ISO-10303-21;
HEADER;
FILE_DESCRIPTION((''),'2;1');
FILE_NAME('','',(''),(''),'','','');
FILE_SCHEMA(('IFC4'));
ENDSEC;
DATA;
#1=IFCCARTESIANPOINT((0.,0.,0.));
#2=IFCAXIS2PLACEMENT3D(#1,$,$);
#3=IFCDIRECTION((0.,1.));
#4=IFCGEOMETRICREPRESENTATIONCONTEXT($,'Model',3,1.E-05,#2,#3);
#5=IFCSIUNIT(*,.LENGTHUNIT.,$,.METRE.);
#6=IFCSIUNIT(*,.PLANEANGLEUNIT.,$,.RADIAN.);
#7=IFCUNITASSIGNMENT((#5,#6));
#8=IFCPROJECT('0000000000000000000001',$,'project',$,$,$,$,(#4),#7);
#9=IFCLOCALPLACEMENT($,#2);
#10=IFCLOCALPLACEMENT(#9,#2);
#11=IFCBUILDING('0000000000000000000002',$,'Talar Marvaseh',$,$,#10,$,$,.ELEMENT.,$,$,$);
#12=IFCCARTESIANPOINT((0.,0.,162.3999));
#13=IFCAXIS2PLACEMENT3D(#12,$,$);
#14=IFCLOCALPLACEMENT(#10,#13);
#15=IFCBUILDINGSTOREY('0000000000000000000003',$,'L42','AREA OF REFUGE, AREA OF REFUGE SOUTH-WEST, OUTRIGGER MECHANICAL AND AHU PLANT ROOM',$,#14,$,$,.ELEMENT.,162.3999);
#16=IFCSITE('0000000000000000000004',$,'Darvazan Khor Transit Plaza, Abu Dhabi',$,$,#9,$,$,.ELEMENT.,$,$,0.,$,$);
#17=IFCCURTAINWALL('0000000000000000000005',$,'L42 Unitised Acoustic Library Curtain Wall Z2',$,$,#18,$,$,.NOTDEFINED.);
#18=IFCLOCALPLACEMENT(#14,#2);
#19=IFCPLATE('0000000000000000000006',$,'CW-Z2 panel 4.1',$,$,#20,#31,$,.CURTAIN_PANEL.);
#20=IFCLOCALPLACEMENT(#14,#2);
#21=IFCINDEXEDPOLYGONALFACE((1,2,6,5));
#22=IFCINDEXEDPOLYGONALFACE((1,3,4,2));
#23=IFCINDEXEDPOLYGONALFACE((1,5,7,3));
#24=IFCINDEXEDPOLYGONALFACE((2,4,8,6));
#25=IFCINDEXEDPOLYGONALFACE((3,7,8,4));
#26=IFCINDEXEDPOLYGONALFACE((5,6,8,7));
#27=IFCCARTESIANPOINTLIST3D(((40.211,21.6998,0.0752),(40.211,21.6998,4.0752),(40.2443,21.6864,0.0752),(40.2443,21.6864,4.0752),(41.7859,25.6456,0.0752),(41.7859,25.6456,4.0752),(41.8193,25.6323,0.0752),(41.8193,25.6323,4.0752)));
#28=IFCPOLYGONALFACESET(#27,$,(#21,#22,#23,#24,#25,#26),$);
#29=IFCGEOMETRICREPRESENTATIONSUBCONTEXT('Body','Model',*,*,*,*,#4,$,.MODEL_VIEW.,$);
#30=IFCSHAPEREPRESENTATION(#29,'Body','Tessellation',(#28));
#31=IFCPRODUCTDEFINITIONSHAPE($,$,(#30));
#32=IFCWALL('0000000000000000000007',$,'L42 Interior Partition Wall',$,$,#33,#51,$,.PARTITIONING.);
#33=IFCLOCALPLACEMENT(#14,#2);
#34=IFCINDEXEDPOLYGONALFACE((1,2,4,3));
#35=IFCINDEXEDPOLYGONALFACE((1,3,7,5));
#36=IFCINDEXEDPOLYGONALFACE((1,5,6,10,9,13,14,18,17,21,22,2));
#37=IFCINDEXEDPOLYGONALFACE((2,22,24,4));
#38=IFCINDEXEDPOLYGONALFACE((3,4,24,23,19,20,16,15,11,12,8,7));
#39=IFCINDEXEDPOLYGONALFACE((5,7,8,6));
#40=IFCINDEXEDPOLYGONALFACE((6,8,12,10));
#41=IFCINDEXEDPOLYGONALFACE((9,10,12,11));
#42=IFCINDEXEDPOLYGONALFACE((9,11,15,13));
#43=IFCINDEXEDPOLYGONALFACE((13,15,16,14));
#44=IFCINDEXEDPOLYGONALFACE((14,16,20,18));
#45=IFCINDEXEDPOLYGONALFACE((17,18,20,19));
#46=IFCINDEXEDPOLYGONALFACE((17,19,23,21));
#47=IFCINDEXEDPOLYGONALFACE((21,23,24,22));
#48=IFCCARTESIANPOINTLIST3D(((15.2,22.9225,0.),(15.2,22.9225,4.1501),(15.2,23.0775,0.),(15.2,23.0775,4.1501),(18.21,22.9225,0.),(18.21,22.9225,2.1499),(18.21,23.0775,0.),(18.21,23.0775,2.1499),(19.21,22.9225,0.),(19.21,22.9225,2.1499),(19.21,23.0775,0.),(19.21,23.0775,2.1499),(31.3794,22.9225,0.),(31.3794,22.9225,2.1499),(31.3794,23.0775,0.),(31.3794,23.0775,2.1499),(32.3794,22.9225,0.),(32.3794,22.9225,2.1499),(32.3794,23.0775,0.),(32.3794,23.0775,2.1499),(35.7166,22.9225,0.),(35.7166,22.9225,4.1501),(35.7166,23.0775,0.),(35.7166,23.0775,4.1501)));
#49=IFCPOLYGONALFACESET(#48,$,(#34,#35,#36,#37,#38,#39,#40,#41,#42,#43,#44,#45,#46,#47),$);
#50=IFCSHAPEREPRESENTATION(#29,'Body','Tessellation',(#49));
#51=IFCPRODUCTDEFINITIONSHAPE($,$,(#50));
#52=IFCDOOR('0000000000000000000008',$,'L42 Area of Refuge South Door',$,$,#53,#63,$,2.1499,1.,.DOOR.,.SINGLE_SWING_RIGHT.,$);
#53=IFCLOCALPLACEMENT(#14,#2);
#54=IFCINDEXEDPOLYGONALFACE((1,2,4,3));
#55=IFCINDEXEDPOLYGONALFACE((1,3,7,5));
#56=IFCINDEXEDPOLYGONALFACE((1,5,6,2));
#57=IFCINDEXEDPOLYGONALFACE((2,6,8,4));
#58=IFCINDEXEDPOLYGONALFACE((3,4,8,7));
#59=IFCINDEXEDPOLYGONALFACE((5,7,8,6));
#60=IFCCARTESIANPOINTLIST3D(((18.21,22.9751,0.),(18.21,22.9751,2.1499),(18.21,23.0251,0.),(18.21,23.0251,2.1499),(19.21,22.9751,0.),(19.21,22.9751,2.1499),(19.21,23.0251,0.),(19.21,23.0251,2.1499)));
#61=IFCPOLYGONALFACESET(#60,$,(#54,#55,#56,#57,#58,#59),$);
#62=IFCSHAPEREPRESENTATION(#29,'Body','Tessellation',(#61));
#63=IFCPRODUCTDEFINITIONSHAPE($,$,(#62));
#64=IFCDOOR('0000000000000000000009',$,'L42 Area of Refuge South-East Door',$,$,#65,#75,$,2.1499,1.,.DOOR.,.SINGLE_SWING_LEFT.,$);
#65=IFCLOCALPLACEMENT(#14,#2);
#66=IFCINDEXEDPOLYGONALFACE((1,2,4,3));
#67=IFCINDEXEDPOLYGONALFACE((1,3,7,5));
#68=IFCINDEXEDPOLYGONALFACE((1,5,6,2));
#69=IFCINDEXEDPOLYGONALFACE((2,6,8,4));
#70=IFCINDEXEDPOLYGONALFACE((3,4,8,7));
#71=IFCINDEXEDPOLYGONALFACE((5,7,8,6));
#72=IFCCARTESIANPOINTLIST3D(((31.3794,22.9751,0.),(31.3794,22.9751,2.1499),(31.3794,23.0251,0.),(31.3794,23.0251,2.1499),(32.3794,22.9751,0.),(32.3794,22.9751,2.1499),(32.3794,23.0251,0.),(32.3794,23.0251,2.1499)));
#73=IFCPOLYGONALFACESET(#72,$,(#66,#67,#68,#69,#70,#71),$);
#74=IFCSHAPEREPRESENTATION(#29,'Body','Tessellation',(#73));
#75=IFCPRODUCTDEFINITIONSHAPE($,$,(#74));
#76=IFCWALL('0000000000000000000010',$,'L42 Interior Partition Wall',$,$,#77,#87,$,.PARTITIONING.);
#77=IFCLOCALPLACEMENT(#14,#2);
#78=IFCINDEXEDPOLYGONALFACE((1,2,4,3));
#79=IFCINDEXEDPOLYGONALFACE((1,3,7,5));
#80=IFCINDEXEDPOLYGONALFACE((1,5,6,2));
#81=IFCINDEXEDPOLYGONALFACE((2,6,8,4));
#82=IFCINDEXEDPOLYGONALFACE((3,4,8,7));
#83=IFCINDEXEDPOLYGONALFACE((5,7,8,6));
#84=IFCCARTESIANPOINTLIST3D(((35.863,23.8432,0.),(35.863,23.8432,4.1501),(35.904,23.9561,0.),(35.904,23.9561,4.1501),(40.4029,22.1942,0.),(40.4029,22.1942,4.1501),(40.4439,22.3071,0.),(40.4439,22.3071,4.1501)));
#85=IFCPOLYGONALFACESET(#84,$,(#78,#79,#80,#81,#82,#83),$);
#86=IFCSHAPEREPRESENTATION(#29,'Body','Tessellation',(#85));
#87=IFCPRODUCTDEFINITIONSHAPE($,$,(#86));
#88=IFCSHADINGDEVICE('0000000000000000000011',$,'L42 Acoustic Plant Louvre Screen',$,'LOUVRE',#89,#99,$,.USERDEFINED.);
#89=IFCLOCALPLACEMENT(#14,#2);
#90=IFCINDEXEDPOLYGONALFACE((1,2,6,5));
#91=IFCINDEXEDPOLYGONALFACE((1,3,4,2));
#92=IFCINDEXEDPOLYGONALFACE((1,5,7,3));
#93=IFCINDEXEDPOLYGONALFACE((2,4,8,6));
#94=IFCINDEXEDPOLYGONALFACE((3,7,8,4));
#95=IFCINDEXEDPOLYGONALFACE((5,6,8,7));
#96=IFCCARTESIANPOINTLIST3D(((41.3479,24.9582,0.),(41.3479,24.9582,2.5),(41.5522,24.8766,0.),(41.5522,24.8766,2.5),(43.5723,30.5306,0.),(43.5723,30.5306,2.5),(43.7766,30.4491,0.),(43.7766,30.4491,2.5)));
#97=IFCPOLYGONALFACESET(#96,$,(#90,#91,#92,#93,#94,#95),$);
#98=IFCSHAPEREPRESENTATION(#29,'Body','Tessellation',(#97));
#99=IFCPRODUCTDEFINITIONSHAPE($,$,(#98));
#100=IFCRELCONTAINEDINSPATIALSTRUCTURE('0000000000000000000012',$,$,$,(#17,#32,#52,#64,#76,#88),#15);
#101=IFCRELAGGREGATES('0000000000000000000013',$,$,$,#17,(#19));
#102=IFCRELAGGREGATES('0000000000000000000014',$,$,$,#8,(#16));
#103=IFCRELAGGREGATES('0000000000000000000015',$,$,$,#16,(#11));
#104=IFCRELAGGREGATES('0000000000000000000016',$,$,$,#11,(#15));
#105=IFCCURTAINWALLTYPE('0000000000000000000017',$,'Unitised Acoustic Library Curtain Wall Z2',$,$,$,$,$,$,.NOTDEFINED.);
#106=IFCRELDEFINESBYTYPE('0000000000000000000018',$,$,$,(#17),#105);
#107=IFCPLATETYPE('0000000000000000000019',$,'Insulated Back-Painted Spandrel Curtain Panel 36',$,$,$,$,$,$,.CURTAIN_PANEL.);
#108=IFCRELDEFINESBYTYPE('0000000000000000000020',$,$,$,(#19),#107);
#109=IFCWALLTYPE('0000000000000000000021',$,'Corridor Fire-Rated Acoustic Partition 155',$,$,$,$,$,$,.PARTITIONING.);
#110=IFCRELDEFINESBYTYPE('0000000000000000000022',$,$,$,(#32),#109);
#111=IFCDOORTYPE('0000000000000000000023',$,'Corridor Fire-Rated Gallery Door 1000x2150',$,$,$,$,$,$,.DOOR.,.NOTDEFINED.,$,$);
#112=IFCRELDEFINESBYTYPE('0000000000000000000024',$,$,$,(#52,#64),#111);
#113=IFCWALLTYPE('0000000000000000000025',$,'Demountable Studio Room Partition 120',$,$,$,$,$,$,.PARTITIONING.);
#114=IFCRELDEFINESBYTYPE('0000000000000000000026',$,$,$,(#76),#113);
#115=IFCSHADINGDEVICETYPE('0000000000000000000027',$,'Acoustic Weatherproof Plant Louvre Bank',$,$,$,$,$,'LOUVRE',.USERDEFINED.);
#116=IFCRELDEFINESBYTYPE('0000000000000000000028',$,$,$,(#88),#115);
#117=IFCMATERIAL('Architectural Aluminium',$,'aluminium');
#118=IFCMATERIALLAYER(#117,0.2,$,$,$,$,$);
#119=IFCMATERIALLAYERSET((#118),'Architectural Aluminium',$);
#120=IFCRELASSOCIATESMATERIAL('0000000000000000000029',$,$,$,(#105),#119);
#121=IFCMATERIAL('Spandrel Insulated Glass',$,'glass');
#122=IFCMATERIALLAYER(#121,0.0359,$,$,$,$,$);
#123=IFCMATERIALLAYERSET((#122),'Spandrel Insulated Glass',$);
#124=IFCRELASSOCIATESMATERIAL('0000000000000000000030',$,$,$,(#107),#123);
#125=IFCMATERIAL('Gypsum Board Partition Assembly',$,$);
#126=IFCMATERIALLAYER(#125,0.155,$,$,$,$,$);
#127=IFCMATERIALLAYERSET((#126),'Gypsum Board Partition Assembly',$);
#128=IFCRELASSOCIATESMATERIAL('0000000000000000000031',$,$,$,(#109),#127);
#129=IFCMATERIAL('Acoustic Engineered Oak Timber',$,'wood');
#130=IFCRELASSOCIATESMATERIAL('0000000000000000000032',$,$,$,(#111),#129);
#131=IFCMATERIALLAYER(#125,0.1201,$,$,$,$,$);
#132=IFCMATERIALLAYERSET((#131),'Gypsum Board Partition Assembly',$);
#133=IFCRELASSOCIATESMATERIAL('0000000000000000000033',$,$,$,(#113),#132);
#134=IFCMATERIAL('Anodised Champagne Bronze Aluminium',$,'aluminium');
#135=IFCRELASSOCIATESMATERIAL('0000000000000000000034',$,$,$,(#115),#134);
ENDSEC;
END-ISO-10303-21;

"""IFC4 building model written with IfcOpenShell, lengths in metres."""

from ifc_helpers import new_model, si_unit, direction, frame, frame_2d, origin, origin_2d, place, context, subcontext, project, spatial, rectangle, extrude, source, transform, mapped, material, layer, layer_set, type_object, type_shapes, element, fill, aggregate, save


model = new_model("IFC4")

# Units and contexts
model_context = context("Model", 3, precision=1e-05, world=origin(), true_north=direction((0.0, 1.0)))
body_context = subcontext(model_context, "Body", "Model", "MODEL_VIEW")
ifc_project = project(units=[si_unit("LENGTHUNIT", "METRE"), si_unit("PLANEANGLEUNIT", "RADIAN")], contexts=[model_context])

# Site, building, storey
site_placement = place(None, origin())
site = spatial("IfcSite", under=ifc_project, at=site_placement, Name="Darvazan Khor Transit Plaza, Abu Dhabi", CompositionType="ELEMENT", RefElevation=0.0)
building_placement = place(site_placement, origin())
building = spatial("IfcBuilding", under=site, at=building_placement, Name="Talar Marvaseh", CompositionType="ELEMENT")
storey_placement = place(building_placement, frame((0.0, 0.0, 162.3999)))
storey = spatial("IfcBuildingStorey", under=building, at=storey_placement, Name="L42", Description="AREA OF REFUGE, AREA OF REFUGE SOUTH-WEST, OUTRIGGER MECHANICAL AND AHU PLANT ROOM", CompositionType="ELEMENT", Elevation=162.3999)

# Curtain wall
ifc_material_1 = material(Name="Architectural Aluminium", Category="aluminium")
ifc_layer_1 = layer(ifc_material_1, 0.2)
ifc_layer_set_1 = layer_set([ifc_layer_1], Name="Architectural Aluminium")
curtain_wall_type = type_object("IfcCurtainWallType", Name="Unitised Acoustic Library Curtain Wall Z2", PredefinedType="NOTDEFINED", material=ifc_layer_set_1)
curtain_wall_placement = place(storey_placement, origin())
curtain_wall = element("IfcCurtainWall", 1, at=curtain_wall_placement, inside=storey, type_object=curtain_wall_type, Name="L42 Unitised Acoustic Library Curtain Wall Z2", PredefinedType="NOTDEFINED")

# Plate
ifc_material_2 = material(Name="Spandrel Insulated Glass", Category="glass")
ifc_layer_2 = layer(ifc_material_2, 0.0359)
ifc_layer_set_2 = layer_set([ifc_layer_2], Name="Spandrel Insulated Glass")
plate_type_1 = type_object("IfcPlateType", Name="Insulated Back-Painted Spandrel Curtain Panel 36", PredefinedType="CURTAIN_PANEL", material=ifc_layer_set_2)
shared_shape_1 = source(origin(), body_context, "Body", "SweptSolid", [
    extrude(rectangle(XDim=4.2485, YDim=0.0359, at=origin_2d()), origin(), (0.0, 0.0, 1.0), 4.0),
])
type_shapes(plate_type_1, [shared_shape_1])
plate_1_placement = place(storey_placement, frame((41.0151, 23.666, 0.0752), z_axis=(0.0, 0.0, 1.0), x_axis=(-0.370702, -0.928752, 0.0)))
plate_1 = element("IfcPlate", 2, at=plate_1_placement, type_object=plate_type_1, Name="CW-Z2 panel 4.1", PredefinedType="CURTAIN_PANEL", context=body_context, shape_type="MappedRepresentation", body=[
    mapped(shared_shape_1, transform((0.0, 0.0, 0.0), x_axis=(1.0, 0.0, 0.0), y_axis=(0.0, 1.0, 0.0), z_axis=(0.0, 0.0, 1.0), scale=1.0)),
])
aggregate(curtain_wall, [plate_1])

# Wall, openings, doors
ifc_material_3 = material(Name="Gypsum Board Partition Assembly")
ifc_layer_3 = layer(ifc_material_3, 0.155)
ifc_layer_set_3 = layer_set([ifc_layer_3], Name="Gypsum Board Partition Assembly")
wall_type_1 = type_object("IfcWallType", Name="Corridor Fire-Rated Acoustic Partition 155", PredefinedType="PARTITIONING", material=ifc_layer_set_3)
wall_1_placement = place(storey_placement, frame((35.7166, 23.0, 0.0), z_axis=(0.0, 0.0, 1.0), x_axis=(-1.0, 0.0, 0.0)))
wall_1 = element("IfcWall", 3, at=wall_1_placement, inside=storey, type_object=wall_type_1, Name="L42 Interior Partition Wall", PredefinedType="PARTITIONING", context=body_context, shape_type="SweptSolid", body=[
    extrude(rectangle(XDim=20.5166, YDim=0.155, at=frame_2d((10.2583, 0.0))), origin(), (0.0, 0.0, 1.0), 4.1501),
])
opening_1_placement = place(wall_1_placement, frame((16.5066, 0.0, 0.0)))
opening_1 = element("IfcOpeningElement", 4, at=opening_1_placement, cuts=wall_1, PredefinedType="OPENING", context=body_context, shape_type="SweptSolid", body=[
    extrude(rectangle(XDim=1.0, YDim=2.1499, at=frame_2d((0.5, 1.075))), frame((0.0, 0.0874, 0.0), z_axis=(0.0, -1.0, 0.0), x_axis=(1.0, 0.0, 0.0)), (0.0, 0.0, 1.0), 0.175),
])
opening_2_placement = place(wall_1_placement, frame((3.3372, 0.0, 0.0)))
opening_2 = element("IfcOpeningElement", 5, at=opening_2_placement, cuts=wall_1, PredefinedType="OPENING", context=body_context, shape_type="SweptSolid", body=[
    extrude(rectangle(XDim=1.0, YDim=2.1499, at=frame_2d((0.5, 1.075))), frame((0.0, 0.0874, 0.0), z_axis=(0.0, -1.0, 0.0), x_axis=(1.0, 0.0, 0.0)), (0.0, 0.0, 1.0), 0.175),
])
ifc_material_4 = material(Name="Acoustic Engineered Oak Timber", Category="wood")
door_type = type_object("IfcDoorType", Name="Corridor Fire-Rated Gallery Door 1000x2150", OperationType="NOTDEFINED", PredefinedType="DOOR", material=ifc_material_4)
shared_shape_2 = source(origin(), body_context, "Body", "SweptSolid", [
    extrude(rectangle(XDim=1.0, YDim=2.1499, at=frame_2d((0.5, 1.075))), frame((0.0, 0.0249, 0.0), z_axis=(0.0, -1.0, 0.0), x_axis=(1.0, 0.0, 0.0)), (0.0, 0.0, 1.0), 0.05),
])
type_shapes(door_type, [shared_shape_2])
door_1_placement = place(opening_1_placement, origin())
door_1 = element("IfcDoor", 6, at=door_1_placement, inside=storey, type_object=door_type, Name="L42 Area of Refuge South Door", OperationType="SINGLE_SWING_RIGHT", OverallHeight=2.1499, OverallWidth=1.0, PredefinedType="DOOR", context=body_context, shape_type="MappedRepresentation", body=[
    mapped(shared_shape_2, transform((0.0, 0.0, 0.0), x_axis=(1.0, 0.0, 0.0), y_axis=(0.0, 1.0, 0.0), z_axis=(0.0, 0.0, 1.0), scale=1.0)),
])
fill(opening_1, door_1)
door_2_placement = place(opening_2_placement, origin())
door_2 = element("IfcDoor", 7, at=door_2_placement, inside=storey, type_object=door_type, Name="L42 Area of Refuge South-East Door", OperationType="SINGLE_SWING_LEFT", OverallHeight=2.1499, OverallWidth=1.0, PredefinedType="DOOR", context=body_context, shape_type="MappedRepresentation", body=[
    mapped(shared_shape_2, transform((0.0, 0.0, 0.0), x_axis=(1.0, 0.0, 0.0), y_axis=(0.0, 1.0, 0.0), z_axis=(0.0, 0.0, 1.0), scale=1.0)),
])
fill(opening_2, door_2)

# Wall
ifc_layer_4 = layer(ifc_material_3, 0.1201)
ifc_layer_set_4 = layer_set([ifc_layer_4], Name="Gypsum Board Partition Assembly")
wall_type_2 = type_object("IfcWallType", Name="Demountable Studio Room Partition 120", PredefinedType="PARTITIONING", material=ifc_layer_set_4)
wall_2_placement = place(storey_placement, frame((35.8835, 23.8997, 0.0), z_axis=(0.0, 0.0, 1.0), x_axis=(0.93992, -0.341394, 0.0)))
element("IfcWall", 8, at=wall_2_placement, inside=storey, type_object=wall_type_2, Name="L42 Interior Partition Wall", PredefinedType="PARTITIONING", context=body_context, shape_type="SweptSolid", body=[
    extrude(rectangle(XDim=4.8301, YDim=0.1201, at=frame_2d((2.415, 0.0))), origin(), (0.0, 0.0, 1.0), 4.1501),
])

# Shading device
ifc_material_5 = material(Name="Anodised Champagne Bronze Aluminium", Category="aluminium")
shading_device_type = type_object("IfcShadingDeviceType", Name="Acoustic Weatherproof Plant Louvre Bank", ElementType="LOUVRE", PredefinedType="USERDEFINED", material=ifc_material_5)
shared_shape_3 = source(origin(), body_context, "Body", "SweptSolid", [
    extrude(rectangle(XDim=6.0, YDim=0.22, at=origin_2d()), origin(), (0.0, 0.0, 1.0), 2.5),
])
type_shapes(shading_device_type, [shared_shape_3])
shading_device_placement = place(storey_placement, frame((42.5623, 27.7036, 0.0), z_axis=(0.0, 0.0, 1.0), x_axis=(-0.37072, -0.928745, 0.0)))
element("IfcShadingDevice", 9, at=shading_device_placement, inside=storey, type_object=shading_device_type, Name="L42 Acoustic Plant Louvre Screen", ObjectType="LOUVRE", PredefinedType="USERDEFINED", context=body_context, shape_type="MappedRepresentation", body=[
    mapped(shared_shape_3, transform((0.0, 0.0, 0.0), x_axis=(1.0, 0.0, 0.0), y_axis=(0.0, 1.0, 0.0), z_axis=(0.0, 0.0, 1.0), scale=1.0)),
])

save(model, "model.ifc")
